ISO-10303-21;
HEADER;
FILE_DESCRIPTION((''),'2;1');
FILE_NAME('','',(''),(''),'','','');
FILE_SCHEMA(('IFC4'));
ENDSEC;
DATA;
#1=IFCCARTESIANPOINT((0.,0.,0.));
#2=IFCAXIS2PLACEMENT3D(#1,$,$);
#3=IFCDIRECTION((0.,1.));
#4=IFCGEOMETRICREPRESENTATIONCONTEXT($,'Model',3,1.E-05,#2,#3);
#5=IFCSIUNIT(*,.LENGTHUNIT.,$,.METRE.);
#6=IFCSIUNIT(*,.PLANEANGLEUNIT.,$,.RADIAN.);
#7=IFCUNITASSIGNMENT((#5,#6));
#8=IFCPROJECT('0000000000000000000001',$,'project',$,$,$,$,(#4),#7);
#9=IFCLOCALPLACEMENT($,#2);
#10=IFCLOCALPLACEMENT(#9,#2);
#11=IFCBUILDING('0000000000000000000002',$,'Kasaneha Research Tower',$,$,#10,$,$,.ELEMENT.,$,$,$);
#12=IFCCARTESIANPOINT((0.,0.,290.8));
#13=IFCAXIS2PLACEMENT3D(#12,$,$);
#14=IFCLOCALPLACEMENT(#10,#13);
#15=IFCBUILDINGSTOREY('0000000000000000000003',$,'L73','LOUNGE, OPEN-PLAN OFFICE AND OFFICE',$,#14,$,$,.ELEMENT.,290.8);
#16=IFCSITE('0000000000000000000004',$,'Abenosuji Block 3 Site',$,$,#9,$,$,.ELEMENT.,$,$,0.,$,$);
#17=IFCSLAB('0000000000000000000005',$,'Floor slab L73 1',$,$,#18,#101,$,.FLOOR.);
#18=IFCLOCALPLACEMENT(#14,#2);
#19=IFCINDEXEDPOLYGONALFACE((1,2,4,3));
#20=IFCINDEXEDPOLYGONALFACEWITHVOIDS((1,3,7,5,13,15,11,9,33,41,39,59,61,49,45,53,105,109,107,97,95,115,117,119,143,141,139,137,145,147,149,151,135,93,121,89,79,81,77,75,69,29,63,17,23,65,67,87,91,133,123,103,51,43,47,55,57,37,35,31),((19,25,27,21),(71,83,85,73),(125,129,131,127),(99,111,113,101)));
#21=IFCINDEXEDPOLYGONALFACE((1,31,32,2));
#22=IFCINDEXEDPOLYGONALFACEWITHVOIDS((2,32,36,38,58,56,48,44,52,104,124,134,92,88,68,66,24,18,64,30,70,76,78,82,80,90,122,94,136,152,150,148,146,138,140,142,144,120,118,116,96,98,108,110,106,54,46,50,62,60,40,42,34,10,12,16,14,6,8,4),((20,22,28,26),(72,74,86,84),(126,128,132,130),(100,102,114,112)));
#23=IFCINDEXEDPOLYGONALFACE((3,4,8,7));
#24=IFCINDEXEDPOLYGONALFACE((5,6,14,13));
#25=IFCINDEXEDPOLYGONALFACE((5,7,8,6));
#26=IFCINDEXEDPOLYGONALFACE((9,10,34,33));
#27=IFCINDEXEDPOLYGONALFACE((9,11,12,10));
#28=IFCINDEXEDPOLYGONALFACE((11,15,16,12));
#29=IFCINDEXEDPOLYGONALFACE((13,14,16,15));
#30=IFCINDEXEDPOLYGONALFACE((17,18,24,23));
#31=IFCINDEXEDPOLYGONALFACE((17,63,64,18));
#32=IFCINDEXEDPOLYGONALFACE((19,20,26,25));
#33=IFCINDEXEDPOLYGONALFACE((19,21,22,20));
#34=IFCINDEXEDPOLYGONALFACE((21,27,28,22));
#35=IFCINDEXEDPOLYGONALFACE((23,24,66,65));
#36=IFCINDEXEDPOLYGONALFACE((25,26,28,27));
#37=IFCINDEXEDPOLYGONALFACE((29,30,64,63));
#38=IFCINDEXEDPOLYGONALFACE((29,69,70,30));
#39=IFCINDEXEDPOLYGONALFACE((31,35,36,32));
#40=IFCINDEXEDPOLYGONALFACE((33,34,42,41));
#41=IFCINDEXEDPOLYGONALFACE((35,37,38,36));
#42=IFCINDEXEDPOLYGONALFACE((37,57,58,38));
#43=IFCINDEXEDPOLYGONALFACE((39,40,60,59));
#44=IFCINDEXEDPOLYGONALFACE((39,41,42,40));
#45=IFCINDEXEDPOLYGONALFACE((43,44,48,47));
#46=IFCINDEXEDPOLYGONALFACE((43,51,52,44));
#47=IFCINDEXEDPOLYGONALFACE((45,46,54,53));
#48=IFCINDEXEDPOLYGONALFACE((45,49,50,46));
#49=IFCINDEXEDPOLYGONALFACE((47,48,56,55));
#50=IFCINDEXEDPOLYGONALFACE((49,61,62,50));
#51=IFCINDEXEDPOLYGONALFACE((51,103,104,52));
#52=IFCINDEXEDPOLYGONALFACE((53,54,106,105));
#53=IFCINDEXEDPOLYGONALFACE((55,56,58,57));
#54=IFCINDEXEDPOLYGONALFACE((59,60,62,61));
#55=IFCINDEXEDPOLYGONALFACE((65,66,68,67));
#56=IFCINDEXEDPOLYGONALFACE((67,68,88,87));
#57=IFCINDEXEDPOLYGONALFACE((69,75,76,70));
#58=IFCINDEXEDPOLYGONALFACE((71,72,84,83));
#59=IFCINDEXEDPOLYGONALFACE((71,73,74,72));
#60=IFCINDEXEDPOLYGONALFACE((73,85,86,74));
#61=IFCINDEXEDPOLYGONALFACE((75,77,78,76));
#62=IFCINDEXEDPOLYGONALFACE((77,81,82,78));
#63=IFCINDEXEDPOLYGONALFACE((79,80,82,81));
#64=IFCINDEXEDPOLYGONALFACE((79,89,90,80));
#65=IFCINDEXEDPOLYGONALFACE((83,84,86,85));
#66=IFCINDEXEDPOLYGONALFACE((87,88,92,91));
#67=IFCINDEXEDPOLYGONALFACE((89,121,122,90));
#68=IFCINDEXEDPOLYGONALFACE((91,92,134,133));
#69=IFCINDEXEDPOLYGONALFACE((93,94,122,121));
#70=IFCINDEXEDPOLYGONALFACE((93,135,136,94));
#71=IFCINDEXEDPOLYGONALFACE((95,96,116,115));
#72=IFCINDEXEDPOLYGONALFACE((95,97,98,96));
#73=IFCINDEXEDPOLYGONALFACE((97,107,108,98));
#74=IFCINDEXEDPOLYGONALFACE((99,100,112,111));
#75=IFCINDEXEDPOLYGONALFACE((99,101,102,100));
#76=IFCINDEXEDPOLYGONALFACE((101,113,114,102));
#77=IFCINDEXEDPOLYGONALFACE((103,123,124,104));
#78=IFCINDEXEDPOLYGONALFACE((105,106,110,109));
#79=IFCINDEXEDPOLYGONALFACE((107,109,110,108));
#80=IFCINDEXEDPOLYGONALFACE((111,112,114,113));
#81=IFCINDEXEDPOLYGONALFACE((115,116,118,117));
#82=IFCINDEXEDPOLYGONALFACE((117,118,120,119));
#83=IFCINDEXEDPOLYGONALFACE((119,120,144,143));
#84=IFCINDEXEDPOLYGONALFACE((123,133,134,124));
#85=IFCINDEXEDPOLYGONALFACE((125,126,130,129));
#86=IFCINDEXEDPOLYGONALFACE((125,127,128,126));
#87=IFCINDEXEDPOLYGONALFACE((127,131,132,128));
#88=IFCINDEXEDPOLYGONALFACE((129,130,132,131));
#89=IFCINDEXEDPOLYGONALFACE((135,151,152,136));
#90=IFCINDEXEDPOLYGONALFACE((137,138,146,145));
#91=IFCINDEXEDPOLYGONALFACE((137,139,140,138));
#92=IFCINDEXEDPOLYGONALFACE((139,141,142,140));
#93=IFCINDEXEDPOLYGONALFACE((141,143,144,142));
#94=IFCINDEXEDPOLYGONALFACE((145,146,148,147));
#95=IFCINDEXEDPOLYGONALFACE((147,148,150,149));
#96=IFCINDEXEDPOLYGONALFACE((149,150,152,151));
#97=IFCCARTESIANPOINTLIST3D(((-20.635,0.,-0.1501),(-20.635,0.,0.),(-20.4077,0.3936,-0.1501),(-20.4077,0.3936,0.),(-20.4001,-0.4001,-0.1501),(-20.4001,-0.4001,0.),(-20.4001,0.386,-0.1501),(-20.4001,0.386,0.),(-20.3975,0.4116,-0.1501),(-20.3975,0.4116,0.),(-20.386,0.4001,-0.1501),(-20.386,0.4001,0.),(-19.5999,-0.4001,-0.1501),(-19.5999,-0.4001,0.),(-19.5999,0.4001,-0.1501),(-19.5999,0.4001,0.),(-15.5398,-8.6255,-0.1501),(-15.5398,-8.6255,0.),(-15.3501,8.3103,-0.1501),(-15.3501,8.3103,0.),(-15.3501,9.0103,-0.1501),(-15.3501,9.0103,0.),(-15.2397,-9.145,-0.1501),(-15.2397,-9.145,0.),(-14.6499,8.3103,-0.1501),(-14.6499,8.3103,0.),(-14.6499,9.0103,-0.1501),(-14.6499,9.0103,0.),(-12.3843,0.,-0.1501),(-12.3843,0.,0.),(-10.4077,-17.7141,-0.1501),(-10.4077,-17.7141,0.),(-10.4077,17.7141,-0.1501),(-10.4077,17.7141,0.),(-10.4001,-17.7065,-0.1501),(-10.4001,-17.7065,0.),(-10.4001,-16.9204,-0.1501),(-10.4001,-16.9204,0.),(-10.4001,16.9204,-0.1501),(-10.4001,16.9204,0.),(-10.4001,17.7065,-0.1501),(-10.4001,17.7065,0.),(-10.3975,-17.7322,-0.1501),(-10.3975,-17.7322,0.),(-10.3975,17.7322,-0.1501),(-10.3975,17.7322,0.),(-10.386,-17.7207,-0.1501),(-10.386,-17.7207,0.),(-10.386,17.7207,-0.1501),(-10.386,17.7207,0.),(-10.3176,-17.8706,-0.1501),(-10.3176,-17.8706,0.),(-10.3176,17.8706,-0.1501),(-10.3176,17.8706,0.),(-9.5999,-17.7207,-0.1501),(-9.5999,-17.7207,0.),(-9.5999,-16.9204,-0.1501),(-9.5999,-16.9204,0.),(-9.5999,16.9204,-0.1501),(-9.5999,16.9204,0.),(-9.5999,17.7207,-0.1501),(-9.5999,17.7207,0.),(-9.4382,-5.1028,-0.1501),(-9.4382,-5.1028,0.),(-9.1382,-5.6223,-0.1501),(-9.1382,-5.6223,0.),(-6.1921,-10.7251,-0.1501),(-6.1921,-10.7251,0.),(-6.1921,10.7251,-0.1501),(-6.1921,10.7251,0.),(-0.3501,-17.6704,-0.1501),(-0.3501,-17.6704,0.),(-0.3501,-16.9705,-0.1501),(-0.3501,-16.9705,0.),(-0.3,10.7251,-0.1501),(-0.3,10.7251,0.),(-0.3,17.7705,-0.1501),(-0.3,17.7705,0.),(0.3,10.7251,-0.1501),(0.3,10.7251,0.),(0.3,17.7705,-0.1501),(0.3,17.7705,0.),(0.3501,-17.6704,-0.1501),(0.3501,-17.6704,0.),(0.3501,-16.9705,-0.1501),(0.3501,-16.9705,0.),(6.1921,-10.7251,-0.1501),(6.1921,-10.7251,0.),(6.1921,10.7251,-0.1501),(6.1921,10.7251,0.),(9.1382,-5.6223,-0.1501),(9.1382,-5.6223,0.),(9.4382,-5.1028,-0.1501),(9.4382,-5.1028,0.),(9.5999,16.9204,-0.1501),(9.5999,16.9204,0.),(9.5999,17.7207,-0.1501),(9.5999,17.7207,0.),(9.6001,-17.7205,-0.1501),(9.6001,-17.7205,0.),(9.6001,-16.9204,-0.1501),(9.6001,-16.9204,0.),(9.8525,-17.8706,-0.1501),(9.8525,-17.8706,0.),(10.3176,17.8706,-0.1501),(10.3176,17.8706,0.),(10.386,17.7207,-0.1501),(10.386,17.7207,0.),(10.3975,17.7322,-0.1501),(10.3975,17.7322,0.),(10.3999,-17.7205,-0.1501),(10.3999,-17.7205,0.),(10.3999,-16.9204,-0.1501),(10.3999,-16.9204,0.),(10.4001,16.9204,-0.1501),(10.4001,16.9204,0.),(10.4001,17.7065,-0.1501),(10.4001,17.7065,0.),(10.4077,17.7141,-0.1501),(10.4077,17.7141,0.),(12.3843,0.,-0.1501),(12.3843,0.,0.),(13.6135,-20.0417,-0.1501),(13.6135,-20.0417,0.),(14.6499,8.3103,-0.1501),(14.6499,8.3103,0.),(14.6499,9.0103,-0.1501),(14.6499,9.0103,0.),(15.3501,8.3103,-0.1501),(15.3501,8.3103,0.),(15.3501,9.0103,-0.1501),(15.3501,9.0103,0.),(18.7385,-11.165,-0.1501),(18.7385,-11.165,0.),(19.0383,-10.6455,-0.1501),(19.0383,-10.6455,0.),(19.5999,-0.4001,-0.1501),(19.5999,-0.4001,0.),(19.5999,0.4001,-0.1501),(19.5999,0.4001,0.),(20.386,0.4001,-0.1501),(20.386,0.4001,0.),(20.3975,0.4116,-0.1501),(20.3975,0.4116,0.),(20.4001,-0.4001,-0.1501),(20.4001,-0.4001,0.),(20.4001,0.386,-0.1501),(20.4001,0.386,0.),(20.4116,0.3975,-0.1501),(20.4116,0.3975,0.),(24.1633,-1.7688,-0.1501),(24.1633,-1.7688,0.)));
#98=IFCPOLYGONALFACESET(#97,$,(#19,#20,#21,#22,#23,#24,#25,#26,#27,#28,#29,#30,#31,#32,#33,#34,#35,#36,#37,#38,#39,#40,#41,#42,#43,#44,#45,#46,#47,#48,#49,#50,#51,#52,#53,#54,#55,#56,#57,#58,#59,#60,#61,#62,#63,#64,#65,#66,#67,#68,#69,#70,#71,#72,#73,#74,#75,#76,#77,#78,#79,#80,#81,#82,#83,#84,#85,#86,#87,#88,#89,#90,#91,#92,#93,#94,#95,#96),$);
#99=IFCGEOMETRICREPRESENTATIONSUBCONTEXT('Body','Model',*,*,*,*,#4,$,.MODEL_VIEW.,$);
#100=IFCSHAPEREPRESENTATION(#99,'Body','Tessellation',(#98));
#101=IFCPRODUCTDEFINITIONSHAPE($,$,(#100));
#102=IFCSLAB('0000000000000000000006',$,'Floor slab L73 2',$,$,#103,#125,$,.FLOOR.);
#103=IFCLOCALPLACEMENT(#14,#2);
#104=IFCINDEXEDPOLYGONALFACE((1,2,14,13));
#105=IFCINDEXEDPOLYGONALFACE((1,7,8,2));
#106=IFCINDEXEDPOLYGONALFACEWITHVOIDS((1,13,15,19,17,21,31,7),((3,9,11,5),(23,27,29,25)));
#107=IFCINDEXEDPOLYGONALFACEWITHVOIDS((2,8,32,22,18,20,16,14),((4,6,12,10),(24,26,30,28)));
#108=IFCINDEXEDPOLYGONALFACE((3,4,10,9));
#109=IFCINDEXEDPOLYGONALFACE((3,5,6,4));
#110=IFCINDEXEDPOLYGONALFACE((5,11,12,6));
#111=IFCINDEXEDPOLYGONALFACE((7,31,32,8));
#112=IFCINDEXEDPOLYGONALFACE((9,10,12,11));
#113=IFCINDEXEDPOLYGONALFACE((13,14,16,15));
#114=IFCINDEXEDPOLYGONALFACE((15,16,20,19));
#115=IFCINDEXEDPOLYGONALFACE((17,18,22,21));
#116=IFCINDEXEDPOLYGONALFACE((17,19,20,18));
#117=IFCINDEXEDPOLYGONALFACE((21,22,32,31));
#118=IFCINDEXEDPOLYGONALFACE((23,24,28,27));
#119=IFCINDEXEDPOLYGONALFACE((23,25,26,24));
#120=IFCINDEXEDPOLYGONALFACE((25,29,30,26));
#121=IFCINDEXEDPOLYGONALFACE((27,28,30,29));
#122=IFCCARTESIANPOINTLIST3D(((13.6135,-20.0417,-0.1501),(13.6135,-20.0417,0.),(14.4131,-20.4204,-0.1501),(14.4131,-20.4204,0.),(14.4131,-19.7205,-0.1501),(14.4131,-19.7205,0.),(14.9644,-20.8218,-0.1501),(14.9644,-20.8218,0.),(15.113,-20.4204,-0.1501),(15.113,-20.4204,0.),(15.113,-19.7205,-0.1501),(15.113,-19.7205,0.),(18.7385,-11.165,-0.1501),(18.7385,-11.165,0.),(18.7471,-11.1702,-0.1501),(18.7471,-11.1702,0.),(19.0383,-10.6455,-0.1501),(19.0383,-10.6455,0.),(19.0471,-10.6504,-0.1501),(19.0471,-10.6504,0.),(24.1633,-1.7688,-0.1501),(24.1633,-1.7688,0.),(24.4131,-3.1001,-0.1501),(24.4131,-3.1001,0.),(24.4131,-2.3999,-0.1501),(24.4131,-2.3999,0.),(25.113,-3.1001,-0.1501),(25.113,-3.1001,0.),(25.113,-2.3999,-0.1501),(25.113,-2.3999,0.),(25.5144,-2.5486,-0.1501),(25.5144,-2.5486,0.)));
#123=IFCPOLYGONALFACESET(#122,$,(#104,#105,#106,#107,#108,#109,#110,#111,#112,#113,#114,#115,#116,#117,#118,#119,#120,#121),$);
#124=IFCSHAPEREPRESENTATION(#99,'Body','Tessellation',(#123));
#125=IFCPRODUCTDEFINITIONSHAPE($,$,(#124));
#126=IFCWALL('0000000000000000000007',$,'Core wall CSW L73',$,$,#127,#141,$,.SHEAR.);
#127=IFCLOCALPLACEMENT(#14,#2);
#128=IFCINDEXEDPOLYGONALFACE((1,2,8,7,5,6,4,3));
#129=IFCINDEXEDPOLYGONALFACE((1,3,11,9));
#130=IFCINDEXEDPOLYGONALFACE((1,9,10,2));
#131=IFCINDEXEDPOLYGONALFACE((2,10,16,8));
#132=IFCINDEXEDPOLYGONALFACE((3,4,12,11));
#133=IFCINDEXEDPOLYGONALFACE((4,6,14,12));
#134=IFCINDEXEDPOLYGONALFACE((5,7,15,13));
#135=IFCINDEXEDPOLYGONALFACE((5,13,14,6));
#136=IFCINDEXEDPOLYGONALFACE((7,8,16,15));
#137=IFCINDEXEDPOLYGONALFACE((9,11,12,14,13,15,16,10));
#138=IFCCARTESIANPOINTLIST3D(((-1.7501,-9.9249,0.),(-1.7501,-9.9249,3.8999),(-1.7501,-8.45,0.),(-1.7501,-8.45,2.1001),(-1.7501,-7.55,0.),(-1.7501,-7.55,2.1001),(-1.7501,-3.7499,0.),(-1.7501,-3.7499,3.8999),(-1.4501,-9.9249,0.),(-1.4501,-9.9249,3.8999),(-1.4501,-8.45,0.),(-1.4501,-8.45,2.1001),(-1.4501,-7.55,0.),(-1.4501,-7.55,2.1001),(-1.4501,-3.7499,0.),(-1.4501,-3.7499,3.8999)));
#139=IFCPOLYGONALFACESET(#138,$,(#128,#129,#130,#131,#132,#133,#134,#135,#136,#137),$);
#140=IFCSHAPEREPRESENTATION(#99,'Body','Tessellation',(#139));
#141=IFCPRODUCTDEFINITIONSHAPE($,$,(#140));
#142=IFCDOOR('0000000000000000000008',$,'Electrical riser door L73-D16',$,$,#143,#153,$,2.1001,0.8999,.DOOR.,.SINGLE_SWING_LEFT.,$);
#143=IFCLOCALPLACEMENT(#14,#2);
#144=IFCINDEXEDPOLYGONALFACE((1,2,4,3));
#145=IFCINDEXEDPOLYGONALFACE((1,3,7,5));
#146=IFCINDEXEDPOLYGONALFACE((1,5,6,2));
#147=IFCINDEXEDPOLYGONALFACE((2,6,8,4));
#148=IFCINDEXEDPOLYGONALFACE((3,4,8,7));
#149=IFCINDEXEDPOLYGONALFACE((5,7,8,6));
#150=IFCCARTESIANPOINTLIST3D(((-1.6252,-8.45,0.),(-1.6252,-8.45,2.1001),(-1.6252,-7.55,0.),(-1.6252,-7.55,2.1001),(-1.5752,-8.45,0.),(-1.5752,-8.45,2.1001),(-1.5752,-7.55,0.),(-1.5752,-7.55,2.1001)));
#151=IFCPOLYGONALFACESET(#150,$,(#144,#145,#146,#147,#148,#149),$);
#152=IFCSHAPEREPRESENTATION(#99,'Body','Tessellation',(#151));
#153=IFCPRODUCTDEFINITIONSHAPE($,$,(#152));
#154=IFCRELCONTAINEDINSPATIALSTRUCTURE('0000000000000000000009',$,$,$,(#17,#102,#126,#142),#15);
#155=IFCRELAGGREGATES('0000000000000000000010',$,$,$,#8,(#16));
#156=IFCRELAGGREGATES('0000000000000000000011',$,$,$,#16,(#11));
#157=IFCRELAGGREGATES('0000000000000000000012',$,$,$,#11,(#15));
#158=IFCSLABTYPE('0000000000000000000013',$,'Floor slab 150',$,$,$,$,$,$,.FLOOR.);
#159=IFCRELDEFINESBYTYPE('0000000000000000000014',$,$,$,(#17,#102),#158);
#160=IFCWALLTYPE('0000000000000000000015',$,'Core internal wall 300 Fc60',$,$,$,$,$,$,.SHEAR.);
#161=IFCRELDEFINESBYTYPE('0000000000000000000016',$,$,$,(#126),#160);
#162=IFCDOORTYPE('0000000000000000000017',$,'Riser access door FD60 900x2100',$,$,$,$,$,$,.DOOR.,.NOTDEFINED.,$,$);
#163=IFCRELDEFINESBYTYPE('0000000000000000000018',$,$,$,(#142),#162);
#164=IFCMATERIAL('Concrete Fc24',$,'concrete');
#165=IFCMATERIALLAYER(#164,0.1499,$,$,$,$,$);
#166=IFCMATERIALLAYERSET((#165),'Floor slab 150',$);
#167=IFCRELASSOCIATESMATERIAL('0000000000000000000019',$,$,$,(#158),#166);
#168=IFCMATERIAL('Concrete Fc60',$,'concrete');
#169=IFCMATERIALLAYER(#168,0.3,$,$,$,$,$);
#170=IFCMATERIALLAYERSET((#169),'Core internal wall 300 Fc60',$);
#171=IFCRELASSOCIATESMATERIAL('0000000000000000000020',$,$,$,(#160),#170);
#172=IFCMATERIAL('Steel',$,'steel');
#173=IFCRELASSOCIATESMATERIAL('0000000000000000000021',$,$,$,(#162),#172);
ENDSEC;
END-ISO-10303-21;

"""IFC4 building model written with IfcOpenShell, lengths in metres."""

from ifc_helpers import new_model, si_unit, direction, frame, frame_2d, origin, place, context, subcontext, project, spatial, polyline, rectangle, outline, extrude, material, layer, layer_set, type_object, element, fill, save


model = new_model("IFC4")

# Units and contexts
model_context = context("Model", 3, precision=1e-05, world=origin(), true_north=direction((0.0, 1.0)))
body_context = subcontext(model_context, "Body", "Model", "MODEL_VIEW")
ifc_project = project(units=[si_unit("LENGTHUNIT", "METRE"), si_unit("PLANEANGLEUNIT", "RADIAN")], contexts=[model_context])

# Site, building, storey
site_placement = place(None, origin())
site = spatial("IfcSite", under=ifc_project, at=site_placement, Name="Abenosuji Block 3 Site", CompositionType="ELEMENT", RefElevation=0.0)
building_placement = place(site_placement, origin())
building = spatial("IfcBuilding", under=site, at=building_placement, Name="Kasaneha Research Tower", CompositionType="ELEMENT")
storey_placement = place(building_placement, frame((0.0, 0.0, 290.8)))
storey = spatial("IfcBuildingStorey", under=building, at=storey_placement, Name="L73", Description="LOUNGE, OPEN-PLAN OFFICE AND OFFICE", CompositionType="ELEMENT", Elevation=290.8)

# Slabs
ifc_material_1 = material(Name="Concrete Fc24", Category="concrete")
ifc_layer_1 = layer(ifc_material_1, 0.1499)
ifc_layer_set_1 = layer_set([ifc_layer_1], Name="Floor slab 150")
slab_type_1 = type_object("IfcSlabType", Name="Floor slab 150", PredefinedType="FLOOR", material=ifc_layer_set_1)
slab_1_placement = place(storey_placement, frame((0.0, 0.0, -0.1501)))
element("IfcSlab", 1, at=slab_1_placement, inside=storey, type_object=slab_type_1, Name="Floor slab L73 1", PredefinedType="FLOOR", context=body_context, shape_type="SweptSolid", body=[
    extrude(outline(polyline([(-10.3176, -17.8706), (-10.3975, -17.7322), (-10.386, -17.7207), (-9.5999, -17.7207), (-9.5999, -16.9204), (-10.4001, -16.9204), (-10.4001, -17.7065), (-10.4077, -17.7141), (-20.635, 0.0), (-20.4077, 0.3936), (-20.4001, 0.386), (-20.4001, -0.4001), (-19.5999, -0.4001), (-19.5999, 0.4001), (-20.386, 0.4001), (-20.3975, 0.4116), (-10.4077, 17.7141), (-10.4001, 17.7065), (-10.4001, 16.9204), (-9.5999, 16.9204), (-9.5999, 17.7207), (-10.386, 17.7207), (-10.3975, 17.7322), (-10.3176, 17.8706), (10.3176, 17.8706), (10.3975, 17.7322), (10.386, 17.7207), (9.5999, 17.7207), (9.5999, 16.9204), (10.4001, 16.9204), (10.4001, 17.7065), (10.4077, 17.7141), (20.3975, 0.4116), (20.386, 0.4001), (19.5999, 0.4001), (19.5999, -0.4001), (20.4001, -0.4001), (20.4001, 0.386), (20.4116, 0.3975), (24.1633, -1.7688), (19.0383, -10.6455), (9.4382, -5.1028), (12.3843, 0.0), (6.1921, 10.7251), (0.3, 10.7251), (0.3, 17.7705), (-0.3, 17.7705), (-0.3, 10.7251), (-6.1921, 10.7251), (-12.3843, 0.0), (-9.4382, -5.1028), (-15.5398, -8.6255), (-15.2397, -9.145), (-9.1382, -5.6223), (-6.1921, -10.7251), (6.1921, -10.7251), (9.1382, -5.6223), (18.7385, -11.165), (13.6135, -20.0417), (9.8525, -17.8706), (-10.3176, -17.8706)]), holes=[polyline([(0.3501, -17.6704), (0.3501, -16.9705), (-0.3501, -16.9705), (-0.3501, -17.6704), (0.3501, -17.6704)]), polyline([(-15.3501, 8.3103), (-14.6499, 8.3103), (-14.6499, 9.0103), (-15.3501, 9.0103), (-15.3501, 8.3103)]), polyline([(9.6001, -17.7205), (10.3999, -17.7205), (10.3999, -16.9204), (9.6001, -16.9204), (9.6001, -17.7205)]), polyline([(14.6499, 8.3103), (15.3501, 8.3103), (15.3501, 9.0103), (14.6499, 9.0103), (14.6499, 8.3103)])]), origin(), (0.0, 0.0, 1.0), 0.1501),
])
slab_2_placement = place(storey_placement, frame((0.0, 0.0, -0.1501)))
element("IfcSlab", 2, at=slab_2_placement, inside=storey, type_object=slab_type_1, Name="Floor slab L73 2", PredefinedType="FLOOR", context=body_context, shape_type="SweptSolid", body=[
    extrude(outline(polyline([(25.5144, -2.5486), (14.9644, -20.8218), (13.6135, -20.0417), (18.7385, -11.165), (18.7471, -11.1702), (19.0471, -10.6504), (19.0383, -10.6455), (24.1633, -1.7688), (25.5144, -2.5486)]), holes=[polyline([(14.4131, -20.4204), (15.113, -20.4204), (15.113, -19.7205), (14.4131, -19.7205), (14.4131, -20.4204)]), polyline([(24.4131, -3.1001), (25.113, -3.1001), (25.113, -2.3999), (24.4131, -2.3999), (24.4131, -3.1001)])]), origin(), (0.0, 0.0, 1.0), 0.1501),
])

# Shared definitions
ifc_material_2 = material(Name="Concrete Fc60", Category="concrete")
ifc_layer_2 = layer(ifc_material_2, 0.3)
ifc_layer_set_2 = layer_set([ifc_layer_2], Name="Core internal wall 300 Fc60")
wall_type_1 = type_object("IfcWallType", Name="Core internal wall 300 Fc60", PredefinedType="SHEAR", material=ifc_layer_set_2)

# Wall, opening, door
wall_1_placement = place(storey_placement, frame((-1.6001, -3.75, 0.0), z_axis=(0.0, 0.0, 1.0), x_axis=(0.0, -1.0, 0.0)))
wall_1 = element("IfcWall", 3, at=wall_1_placement, inside=storey, type_object=wall_type_1, Name="Core wall CSW L73", PredefinedType="SHEAR", context=body_context, shape_type="SweptSolid", body=[
    extrude(rectangle(XDim=6.175, YDim=0.3, at=frame_2d((3.0874, 0.0))), origin(), (0.0, 0.0, 1.0), 3.8999),
])
opening_1_placement = place(wall_1_placement, frame((3.8, 0.0, 0.0)))
opening_1 = element("IfcOpeningElement", 4, at=opening_1_placement, cuts=wall_1, PredefinedType="OPENING", context=body_context, shape_type="SweptSolid", body=[
    extrude(rectangle(XDim=0.8999, YDim=2.1001, at=frame_2d((0.45, 1.05))), frame((0.0, 0.1602, 0.0), z_axis=(0.0, -1.0, 0.0), x_axis=(1.0, 0.0, 0.0)), (0.0, 0.0, 1.0), 0.3201),
])
ifc_material_3 = material(Name="Steel", Category="steel")
door_type_1 = type_object("IfcDoorType", Name="Riser access door FD60 900x2100", OperationType="NOTDEFINED", PredefinedType="DOOR", material=ifc_material_3)
door_1_placement = place(opening_1_placement, origin())
door_1 = element("IfcDoor", 5, at=door_1_placement, inside=storey, type_object=door_type_1, Name="Electrical riser door L73-D16", OperationType="SINGLE_SWING_LEFT", OverallHeight=2.1001, OverallWidth=0.8999, PredefinedType="DOOR", context=body_context, shape_type="SweptSolid", body=[
    extrude(rectangle(XDim=0.8999, YDim=2.1001, at=frame_2d((0.45, 1.05))), frame((0.0, 0.0249, 0.0), z_axis=(0.0, -1.0, 0.0), x_axis=(1.0, 0.0, 0.0)), (0.0, 0.0, 1.0), 0.05),
])
fill(opening_1, door_1)

save(model, "model.ifc")
